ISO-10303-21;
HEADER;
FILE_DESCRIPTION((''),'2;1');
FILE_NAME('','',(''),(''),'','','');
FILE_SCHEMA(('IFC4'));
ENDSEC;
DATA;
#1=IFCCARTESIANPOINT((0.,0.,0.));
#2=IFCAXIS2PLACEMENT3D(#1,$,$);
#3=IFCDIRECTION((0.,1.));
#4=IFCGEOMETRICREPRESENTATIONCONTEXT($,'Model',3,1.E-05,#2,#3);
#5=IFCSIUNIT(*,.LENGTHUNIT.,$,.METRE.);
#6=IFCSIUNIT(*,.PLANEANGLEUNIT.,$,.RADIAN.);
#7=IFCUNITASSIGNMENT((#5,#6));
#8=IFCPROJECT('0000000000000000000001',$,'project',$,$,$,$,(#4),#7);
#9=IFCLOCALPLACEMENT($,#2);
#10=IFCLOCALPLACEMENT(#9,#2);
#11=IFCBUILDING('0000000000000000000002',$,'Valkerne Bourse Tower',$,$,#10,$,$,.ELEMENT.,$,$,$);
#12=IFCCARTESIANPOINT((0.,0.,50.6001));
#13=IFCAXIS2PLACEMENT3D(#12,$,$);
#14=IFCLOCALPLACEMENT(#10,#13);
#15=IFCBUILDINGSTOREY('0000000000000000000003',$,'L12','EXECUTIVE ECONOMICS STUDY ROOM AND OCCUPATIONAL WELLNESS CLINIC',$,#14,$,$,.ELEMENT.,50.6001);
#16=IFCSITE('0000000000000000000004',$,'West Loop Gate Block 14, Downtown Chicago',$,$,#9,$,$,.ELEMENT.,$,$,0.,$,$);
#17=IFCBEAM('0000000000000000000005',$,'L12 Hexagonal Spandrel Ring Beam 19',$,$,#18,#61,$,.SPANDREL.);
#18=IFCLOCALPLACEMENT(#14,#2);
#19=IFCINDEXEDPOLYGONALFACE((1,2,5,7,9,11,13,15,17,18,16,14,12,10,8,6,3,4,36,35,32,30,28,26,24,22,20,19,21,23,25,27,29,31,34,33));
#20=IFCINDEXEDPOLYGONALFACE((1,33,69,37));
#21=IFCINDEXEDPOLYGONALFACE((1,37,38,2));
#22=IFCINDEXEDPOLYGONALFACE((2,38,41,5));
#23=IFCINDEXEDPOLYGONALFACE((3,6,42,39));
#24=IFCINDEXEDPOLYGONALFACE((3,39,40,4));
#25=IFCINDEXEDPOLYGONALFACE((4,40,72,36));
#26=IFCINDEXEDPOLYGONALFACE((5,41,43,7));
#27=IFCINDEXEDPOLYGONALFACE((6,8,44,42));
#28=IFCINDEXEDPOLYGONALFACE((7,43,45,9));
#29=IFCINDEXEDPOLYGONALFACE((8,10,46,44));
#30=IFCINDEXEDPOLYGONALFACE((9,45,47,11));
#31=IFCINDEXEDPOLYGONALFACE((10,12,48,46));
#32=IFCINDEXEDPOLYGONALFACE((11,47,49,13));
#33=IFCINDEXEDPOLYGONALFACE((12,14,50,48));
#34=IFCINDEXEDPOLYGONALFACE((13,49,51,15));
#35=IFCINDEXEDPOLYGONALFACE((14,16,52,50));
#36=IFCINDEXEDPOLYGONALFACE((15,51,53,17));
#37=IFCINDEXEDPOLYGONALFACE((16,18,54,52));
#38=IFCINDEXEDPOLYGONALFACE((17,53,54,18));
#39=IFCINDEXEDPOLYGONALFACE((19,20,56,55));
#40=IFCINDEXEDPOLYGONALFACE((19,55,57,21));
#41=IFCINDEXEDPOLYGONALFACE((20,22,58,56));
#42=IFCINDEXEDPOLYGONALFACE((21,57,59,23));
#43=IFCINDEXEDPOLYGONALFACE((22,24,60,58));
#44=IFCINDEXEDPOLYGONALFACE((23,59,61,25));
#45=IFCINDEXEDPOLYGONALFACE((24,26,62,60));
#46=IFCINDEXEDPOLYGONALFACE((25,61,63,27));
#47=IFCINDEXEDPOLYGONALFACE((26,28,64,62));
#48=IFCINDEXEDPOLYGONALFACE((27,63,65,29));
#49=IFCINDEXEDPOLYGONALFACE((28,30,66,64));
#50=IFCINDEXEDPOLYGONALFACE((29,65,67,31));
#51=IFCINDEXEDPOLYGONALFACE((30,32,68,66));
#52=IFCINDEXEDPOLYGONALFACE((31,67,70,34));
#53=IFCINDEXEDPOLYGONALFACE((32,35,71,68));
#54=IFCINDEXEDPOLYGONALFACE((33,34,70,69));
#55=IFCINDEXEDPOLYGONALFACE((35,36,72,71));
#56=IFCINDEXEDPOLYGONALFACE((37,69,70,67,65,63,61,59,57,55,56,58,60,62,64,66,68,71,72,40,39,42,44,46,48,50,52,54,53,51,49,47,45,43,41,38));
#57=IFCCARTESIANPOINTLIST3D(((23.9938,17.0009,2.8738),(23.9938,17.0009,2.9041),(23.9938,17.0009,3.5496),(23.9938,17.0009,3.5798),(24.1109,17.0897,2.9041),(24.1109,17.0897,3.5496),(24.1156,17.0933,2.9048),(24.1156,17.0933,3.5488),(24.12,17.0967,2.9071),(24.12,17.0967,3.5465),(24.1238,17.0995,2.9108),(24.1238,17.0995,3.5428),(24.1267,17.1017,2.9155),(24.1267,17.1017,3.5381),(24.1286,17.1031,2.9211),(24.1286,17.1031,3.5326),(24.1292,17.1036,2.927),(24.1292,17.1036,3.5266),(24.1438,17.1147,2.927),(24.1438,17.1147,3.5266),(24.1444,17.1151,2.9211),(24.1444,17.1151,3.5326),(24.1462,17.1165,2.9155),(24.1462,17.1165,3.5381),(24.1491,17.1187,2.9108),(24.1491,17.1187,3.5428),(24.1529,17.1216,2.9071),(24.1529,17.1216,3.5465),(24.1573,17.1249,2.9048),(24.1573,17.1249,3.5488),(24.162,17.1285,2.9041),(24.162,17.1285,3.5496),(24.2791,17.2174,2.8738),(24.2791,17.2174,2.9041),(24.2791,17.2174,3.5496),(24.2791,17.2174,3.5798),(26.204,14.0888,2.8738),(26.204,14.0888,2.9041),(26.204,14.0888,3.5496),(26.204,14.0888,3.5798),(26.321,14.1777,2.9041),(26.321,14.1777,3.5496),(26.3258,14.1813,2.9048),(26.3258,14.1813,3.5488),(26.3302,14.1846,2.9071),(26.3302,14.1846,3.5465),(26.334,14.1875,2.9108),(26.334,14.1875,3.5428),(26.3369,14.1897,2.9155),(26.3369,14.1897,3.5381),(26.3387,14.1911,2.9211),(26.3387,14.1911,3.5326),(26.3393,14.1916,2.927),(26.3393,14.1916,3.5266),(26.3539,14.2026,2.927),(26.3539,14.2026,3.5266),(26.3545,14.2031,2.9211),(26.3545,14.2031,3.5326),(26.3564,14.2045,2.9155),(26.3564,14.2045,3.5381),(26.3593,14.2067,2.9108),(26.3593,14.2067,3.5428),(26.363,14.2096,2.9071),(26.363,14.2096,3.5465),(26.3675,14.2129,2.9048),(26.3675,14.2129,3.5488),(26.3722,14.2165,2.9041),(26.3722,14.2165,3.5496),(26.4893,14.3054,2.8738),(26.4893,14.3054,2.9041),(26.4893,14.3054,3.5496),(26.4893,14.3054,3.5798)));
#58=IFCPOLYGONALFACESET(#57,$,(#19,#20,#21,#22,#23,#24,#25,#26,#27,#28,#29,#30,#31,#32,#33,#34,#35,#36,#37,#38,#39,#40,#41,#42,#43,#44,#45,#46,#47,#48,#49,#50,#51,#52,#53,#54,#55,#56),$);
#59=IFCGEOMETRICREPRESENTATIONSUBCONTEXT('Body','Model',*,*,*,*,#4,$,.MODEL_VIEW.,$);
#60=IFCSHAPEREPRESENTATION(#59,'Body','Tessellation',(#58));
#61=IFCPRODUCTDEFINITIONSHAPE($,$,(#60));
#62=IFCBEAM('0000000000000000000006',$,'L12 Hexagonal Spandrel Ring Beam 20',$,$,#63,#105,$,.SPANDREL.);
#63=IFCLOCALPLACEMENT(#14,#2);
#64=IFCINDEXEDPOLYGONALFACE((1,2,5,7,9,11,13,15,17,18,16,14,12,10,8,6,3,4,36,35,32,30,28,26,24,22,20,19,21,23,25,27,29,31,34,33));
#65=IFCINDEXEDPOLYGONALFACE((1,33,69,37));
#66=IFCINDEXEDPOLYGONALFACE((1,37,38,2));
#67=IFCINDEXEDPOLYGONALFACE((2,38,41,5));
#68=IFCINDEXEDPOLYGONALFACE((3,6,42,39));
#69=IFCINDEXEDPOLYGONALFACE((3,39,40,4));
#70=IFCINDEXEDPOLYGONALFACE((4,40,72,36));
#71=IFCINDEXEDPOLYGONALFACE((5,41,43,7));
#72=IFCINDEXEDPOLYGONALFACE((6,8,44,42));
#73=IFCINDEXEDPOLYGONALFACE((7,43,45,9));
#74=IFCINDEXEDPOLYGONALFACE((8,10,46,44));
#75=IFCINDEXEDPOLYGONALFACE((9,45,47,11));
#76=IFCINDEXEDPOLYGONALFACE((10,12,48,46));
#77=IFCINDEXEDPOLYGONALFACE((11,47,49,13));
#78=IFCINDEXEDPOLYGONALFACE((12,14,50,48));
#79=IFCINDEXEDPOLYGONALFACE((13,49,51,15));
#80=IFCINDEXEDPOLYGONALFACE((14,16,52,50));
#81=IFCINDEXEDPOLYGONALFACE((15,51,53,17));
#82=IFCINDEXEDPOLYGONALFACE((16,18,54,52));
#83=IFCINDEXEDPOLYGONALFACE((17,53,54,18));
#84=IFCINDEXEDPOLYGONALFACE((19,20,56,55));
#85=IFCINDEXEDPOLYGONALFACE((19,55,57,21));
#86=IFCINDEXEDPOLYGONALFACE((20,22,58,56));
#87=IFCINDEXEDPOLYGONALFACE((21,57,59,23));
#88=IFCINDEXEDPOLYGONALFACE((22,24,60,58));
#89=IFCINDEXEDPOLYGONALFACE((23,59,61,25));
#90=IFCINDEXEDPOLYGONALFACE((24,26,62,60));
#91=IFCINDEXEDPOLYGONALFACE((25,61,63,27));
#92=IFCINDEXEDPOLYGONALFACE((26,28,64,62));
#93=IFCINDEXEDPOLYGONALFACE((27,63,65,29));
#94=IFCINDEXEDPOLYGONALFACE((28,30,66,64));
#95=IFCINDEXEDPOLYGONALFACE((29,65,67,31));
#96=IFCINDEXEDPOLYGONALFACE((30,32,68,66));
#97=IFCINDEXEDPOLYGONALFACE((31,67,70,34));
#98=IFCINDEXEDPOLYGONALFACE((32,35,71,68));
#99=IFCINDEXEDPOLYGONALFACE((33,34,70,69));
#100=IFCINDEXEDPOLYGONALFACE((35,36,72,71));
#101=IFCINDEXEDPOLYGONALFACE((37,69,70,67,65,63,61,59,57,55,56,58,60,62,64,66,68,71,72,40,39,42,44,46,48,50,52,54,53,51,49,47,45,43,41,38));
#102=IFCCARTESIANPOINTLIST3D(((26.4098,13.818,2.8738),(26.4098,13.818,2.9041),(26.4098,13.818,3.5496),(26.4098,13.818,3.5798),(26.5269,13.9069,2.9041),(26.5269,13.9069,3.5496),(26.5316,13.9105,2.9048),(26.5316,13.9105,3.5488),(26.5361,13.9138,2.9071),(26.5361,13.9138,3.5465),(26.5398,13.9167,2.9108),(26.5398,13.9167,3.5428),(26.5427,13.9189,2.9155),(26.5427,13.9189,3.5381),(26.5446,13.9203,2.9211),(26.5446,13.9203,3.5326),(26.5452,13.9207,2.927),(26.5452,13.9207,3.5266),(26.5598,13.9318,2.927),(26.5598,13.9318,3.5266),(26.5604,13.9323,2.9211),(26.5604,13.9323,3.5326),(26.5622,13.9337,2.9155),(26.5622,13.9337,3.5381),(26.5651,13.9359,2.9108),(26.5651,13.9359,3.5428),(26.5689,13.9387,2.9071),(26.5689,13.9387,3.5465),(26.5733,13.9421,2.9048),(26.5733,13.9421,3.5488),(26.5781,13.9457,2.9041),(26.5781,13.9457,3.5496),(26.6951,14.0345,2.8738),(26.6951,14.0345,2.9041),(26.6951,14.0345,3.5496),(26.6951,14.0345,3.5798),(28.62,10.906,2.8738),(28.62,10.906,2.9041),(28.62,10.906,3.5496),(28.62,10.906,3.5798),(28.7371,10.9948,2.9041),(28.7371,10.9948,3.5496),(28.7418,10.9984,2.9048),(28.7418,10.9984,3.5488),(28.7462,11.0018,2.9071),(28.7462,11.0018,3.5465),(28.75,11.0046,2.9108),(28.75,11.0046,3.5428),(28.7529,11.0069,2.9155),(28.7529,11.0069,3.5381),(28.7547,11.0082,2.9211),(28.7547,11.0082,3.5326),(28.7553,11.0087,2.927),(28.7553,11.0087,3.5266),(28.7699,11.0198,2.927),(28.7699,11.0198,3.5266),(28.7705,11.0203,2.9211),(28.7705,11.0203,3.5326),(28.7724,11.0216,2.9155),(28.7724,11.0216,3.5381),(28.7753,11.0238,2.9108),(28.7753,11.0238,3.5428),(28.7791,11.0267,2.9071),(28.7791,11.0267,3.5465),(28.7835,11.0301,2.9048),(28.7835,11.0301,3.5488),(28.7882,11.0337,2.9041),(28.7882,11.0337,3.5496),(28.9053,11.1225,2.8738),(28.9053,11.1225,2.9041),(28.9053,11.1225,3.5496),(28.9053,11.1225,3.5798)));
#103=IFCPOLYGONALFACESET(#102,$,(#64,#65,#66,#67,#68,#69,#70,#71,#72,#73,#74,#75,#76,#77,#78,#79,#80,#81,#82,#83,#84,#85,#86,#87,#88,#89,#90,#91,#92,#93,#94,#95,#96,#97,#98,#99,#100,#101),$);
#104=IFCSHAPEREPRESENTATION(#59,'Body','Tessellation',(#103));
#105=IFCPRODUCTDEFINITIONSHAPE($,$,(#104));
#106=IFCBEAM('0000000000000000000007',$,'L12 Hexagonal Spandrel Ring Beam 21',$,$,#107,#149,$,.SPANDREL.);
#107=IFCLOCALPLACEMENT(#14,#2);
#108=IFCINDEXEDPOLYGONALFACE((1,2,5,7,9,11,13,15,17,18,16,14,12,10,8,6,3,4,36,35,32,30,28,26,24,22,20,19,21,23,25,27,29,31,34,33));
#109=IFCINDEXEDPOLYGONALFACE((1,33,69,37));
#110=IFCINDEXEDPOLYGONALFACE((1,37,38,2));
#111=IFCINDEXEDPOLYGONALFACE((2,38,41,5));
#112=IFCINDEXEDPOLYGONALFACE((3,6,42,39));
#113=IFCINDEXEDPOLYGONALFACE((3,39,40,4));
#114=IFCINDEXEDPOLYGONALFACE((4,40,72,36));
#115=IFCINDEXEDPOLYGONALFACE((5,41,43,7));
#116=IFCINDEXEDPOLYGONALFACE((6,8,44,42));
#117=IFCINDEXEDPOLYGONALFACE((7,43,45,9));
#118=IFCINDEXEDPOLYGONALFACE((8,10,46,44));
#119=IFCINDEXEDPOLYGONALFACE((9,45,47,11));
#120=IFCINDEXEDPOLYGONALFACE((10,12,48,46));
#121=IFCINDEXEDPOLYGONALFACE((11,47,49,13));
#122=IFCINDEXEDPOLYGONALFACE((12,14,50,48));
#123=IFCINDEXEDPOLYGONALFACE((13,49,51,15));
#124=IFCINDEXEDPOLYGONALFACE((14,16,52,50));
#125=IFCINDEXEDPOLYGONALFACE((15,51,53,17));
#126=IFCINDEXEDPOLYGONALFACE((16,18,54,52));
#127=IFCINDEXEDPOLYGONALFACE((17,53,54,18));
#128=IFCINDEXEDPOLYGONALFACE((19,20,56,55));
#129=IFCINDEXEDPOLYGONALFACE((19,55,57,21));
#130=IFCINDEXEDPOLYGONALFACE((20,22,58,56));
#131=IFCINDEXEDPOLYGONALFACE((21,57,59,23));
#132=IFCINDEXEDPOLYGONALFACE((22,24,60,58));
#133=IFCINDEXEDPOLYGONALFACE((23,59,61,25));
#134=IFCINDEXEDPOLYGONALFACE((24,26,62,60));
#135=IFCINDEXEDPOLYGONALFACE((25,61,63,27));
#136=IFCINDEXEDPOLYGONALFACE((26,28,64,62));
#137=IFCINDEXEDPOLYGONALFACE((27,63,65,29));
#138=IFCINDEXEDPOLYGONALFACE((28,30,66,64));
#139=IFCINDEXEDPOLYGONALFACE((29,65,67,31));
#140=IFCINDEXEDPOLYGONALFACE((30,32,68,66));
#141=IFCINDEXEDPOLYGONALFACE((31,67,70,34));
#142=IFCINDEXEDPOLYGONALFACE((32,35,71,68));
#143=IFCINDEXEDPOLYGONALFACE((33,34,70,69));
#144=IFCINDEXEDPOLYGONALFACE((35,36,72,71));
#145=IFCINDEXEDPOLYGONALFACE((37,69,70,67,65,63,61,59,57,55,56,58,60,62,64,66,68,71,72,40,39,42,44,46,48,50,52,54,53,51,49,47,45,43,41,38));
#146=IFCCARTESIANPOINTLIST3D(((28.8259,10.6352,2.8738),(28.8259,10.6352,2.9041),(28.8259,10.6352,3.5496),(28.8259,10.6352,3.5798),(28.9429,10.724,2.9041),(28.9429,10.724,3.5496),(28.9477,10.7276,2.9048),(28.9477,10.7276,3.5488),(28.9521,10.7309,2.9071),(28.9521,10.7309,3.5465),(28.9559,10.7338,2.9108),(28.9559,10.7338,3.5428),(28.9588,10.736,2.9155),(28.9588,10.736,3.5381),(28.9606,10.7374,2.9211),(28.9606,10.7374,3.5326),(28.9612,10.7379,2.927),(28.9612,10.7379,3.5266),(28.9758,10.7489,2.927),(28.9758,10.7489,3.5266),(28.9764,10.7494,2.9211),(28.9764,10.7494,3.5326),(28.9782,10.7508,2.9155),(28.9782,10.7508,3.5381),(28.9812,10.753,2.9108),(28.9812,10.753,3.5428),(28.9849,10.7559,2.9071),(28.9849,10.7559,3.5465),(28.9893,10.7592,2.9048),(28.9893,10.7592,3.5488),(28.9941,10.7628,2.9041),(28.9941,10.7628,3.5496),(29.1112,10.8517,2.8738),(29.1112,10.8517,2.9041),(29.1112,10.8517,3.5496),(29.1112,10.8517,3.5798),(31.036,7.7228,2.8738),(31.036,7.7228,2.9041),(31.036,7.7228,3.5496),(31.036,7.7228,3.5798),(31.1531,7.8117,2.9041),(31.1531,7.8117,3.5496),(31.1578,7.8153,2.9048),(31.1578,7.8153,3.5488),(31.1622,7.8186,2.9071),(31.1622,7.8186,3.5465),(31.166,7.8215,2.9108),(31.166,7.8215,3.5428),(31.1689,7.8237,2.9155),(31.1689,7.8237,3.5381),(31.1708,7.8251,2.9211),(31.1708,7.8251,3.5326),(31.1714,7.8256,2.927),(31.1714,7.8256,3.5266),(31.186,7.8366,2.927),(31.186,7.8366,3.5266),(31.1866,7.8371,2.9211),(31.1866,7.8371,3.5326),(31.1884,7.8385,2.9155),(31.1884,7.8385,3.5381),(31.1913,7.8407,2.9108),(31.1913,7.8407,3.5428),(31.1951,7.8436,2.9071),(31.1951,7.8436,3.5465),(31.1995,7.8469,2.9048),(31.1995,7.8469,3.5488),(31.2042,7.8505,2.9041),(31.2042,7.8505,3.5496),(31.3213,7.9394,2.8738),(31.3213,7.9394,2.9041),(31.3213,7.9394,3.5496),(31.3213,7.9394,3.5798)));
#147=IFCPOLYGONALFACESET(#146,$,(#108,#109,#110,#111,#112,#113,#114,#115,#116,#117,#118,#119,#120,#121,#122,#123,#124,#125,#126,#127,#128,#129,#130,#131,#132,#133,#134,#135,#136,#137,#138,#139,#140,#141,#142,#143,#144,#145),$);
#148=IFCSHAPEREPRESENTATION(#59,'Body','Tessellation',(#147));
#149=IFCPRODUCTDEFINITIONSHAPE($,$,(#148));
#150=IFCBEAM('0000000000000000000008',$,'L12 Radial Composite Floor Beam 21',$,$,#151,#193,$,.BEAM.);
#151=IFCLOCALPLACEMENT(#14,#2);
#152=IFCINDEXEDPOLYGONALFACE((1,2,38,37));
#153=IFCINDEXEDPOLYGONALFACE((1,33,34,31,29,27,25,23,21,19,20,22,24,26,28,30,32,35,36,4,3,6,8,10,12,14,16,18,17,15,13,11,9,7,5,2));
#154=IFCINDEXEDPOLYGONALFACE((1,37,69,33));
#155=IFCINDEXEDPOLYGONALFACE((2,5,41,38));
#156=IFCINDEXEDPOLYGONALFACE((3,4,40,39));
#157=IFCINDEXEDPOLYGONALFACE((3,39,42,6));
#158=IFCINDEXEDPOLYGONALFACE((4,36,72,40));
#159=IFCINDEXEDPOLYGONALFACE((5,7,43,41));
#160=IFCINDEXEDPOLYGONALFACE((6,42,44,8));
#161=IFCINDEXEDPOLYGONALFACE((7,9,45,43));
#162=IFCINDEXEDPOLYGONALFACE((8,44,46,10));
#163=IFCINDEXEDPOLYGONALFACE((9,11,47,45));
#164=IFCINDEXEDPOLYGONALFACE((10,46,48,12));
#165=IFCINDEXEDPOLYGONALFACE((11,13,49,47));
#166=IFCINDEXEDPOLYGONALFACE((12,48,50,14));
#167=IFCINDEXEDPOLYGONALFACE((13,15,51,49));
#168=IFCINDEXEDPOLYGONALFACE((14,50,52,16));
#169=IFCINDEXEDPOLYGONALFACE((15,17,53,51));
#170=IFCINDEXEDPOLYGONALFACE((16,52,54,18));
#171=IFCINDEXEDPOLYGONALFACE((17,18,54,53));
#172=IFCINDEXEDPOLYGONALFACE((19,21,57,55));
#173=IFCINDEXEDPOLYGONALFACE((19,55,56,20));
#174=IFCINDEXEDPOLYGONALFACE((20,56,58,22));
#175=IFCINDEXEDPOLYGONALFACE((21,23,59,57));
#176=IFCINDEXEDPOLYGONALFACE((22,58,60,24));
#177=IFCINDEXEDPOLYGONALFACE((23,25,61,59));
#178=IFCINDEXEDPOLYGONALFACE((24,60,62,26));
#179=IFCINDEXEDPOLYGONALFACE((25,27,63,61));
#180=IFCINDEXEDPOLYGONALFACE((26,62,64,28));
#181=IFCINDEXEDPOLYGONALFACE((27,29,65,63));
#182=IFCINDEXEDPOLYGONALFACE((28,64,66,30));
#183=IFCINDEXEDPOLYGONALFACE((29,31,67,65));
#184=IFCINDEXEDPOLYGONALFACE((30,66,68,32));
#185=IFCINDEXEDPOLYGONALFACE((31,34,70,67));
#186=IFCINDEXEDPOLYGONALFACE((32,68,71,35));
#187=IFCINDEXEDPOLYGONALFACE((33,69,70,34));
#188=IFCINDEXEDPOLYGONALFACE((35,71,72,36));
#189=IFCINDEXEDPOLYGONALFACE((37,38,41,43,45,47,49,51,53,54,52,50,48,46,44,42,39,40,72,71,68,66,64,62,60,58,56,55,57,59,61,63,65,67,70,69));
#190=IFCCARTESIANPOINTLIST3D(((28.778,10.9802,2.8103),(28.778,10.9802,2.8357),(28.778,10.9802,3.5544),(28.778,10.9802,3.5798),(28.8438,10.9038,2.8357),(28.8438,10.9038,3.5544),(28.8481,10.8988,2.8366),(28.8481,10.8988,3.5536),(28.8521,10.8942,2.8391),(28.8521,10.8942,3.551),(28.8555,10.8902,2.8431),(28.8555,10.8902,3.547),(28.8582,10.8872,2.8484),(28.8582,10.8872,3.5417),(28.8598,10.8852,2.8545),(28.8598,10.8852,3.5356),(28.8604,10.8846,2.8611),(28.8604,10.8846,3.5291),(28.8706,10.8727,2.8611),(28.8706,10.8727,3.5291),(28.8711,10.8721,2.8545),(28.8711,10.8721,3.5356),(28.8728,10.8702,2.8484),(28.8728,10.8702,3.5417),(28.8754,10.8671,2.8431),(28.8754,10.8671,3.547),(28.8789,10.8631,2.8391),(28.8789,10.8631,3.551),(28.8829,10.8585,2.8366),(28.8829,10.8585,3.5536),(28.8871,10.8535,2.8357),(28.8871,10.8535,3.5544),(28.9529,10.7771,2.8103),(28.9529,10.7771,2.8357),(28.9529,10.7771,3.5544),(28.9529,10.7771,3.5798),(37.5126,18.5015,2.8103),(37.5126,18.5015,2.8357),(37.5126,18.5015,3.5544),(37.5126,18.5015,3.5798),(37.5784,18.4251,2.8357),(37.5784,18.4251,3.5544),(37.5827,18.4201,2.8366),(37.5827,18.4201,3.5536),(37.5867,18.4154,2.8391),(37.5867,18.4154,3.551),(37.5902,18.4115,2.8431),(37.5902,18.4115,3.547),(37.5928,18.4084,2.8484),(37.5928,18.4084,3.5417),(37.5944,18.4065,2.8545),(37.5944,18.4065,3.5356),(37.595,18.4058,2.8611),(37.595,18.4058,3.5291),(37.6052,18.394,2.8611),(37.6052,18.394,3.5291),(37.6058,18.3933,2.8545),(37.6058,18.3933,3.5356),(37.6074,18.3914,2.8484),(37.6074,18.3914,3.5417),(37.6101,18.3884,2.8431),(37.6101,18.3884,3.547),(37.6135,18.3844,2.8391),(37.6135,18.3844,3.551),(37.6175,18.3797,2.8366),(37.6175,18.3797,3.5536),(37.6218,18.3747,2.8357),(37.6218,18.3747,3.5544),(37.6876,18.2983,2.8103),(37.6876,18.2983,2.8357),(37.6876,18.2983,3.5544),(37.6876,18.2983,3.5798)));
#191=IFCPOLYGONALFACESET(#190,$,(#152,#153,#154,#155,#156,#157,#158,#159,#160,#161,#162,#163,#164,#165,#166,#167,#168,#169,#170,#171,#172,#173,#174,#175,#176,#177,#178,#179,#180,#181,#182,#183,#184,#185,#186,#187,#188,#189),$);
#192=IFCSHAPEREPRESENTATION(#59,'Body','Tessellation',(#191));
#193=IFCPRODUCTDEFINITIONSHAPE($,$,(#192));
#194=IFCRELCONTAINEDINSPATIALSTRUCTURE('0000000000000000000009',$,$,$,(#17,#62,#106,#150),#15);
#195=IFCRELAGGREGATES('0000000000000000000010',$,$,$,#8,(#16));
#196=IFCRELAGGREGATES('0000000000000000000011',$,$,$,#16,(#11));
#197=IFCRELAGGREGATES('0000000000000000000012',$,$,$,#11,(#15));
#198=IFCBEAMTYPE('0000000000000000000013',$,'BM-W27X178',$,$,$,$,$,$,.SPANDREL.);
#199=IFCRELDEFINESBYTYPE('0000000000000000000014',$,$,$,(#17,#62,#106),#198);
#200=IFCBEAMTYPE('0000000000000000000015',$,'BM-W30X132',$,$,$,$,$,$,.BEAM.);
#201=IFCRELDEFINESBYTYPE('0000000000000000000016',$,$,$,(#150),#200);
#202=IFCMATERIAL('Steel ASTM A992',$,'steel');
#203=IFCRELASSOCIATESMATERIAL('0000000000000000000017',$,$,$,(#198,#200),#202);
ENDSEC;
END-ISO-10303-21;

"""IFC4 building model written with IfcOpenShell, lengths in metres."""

from ifc_helpers import new_model, si_unit, direction, frame, origin, origin_2d, place, context, subcontext, project, spatial, i_section, extrude, material, material_profile, profile_set, type_object, element, save


model = new_model("IFC4")

# Units and contexts
model_context = context("Model", 3, precision=1e-05, world=origin(), true_north=direction((0.0, 1.0)))
body_context = subcontext(model_context, "Body", "Model", "MODEL_VIEW")
ifc_project = project(units=[si_unit("LENGTHUNIT", "METRE"), si_unit("PLANEANGLEUNIT", "RADIAN")], contexts=[model_context])

# Site, building, storey
site_placement = place(None, origin())
site = spatial("IfcSite", under=ifc_project, at=site_placement, Name="West Loop Gate Block 14, Downtown Chicago", CompositionType="ELEMENT", RefElevation=0.0)
building_placement = place(site_placement, origin())
building = spatial("IfcBuilding", under=site, at=building_placement, Name="Valkerne Bourse Tower", CompositionType="ELEMENT")
storey_placement = place(building_placement, frame((0.0, 0.0, 50.6001)))
storey = spatial("IfcBuildingStorey", under=building, at=storey_placement, Name="L12", Description="EXECUTIVE ECONOMICS STUDY ROOM AND OCCUPATIONAL WELLNESS CLINIC", CompositionType="ELEMENT", Elevation=50.6001)

# Beams
ifc_material_1 = material(Name="Steel ASTM A992", Category="steel")
ifc_material_profile_1 = material_profile(ifc_material_1, i_section(OverallWidth=0.3582, OverallDepth=0.7061, WebThickness=0.0183, FlangeThickness=0.0303, FilletRadius=0.0229, at=origin_2d()), Name="W27X178")
ifc_profile_set_1 = profile_set([ifc_material_profile_1], Name="Steel ASTM A992")
beam_type_1 = type_object("IfcBeamType", Name="BM-W27X178", PredefinedType="SPANDREL", material=ifc_profile_set_1)
for number, where, z_axis, x_axis, name in (
    (1, (24.1365, 17.1091, 3.2268), (0.604563, -0.796557, 0.0), (0.796557, 0.604563, 0.0), "L12 Hexagonal Spandrel Ring Beam 19"),
    (2, (26.5525, 13.9263, 3.2268), (0.604563, -0.796557, 0.0), (0.796557, 0.604563, 0.0), "L12 Hexagonal Spandrel Ring Beam 20"),
):
    element("IfcBeam", number, at=place(storey_placement, frame(where, z_axis=z_axis, x_axis=x_axis)), inside=storey, type_object=beam_type_1, Name=name, PredefinedType="SPANDREL", context=body_context, shape_type="SweptSolid", body=[
        extrude(i_section(OverallWidth=0.3582, OverallDepth=0.7061, WebThickness=0.0183, FlangeThickness=0.0303, FilletRadius=0.0229, at=origin_2d()), origin(), (0.0, 0.0, 1.0), 3.6558),
    ])
beam_1_placement = place(storey_placement, frame((28.9685, 10.7434, 3.2268), z_axis=(0.604531, -0.796581, 0.0), x_axis=(0.796581, 0.604531, 0.0)))
element("IfcBeam", 3, at=beam_1_placement, inside=storey, type_object=beam_type_1, Name="L12 Hexagonal Spandrel Ring Beam 21", PredefinedType="SPANDREL", context=body_context, shape_type="SweptSolid", body=[
    extrude(i_section(OverallWidth=0.3582, OverallDepth=0.7061, WebThickness=0.0183, FlangeThickness=0.0303, FilletRadius=0.0229, at=origin_2d()), origin(), (0.0, 0.0, 1.0), 3.656),
])
ifc_material_profile_2 = material_profile(ifc_material_1, i_section(OverallWidth=0.2681, OverallDepth=0.7695, WebThickness=0.0156, FlangeThickness=0.0254, FilletRadius=0.0254, at=origin_2d()), Name="W30X132")
ifc_profile_set_2 = profile_set([ifc_material_profile_2], Name="Steel ASTM A992")
beam_type_2 = type_object("IfcBeamType", Name="BM-W30X132", PredefinedType="BEAM", material=ifc_profile_set_2)
beam_2_placement = place(storey_placement, frame((28.8655, 10.8787, 3.1951), z_axis=(0.757779, 0.652511, 0.0), x_axis=(-0.652511, 0.757779, 0.0)))
element("IfcBeam", 4, at=beam_2_placement, inside=storey, type_object=beam_type_2, Name="L12 Radial Composite Floor Beam 21", PredefinedType="BEAM", context=body_context, shape_type="SweptSolid", body=[
    extrude(i_section(OverallWidth=0.2681, OverallDepth=0.7695, WebThickness=0.0156, FlangeThickness=0.0254, FilletRadius=0.0254, at=origin_2d()), origin(), (0.0, 0.0, 1.0), 11.5266),
])

save(model, "model.ifc")
